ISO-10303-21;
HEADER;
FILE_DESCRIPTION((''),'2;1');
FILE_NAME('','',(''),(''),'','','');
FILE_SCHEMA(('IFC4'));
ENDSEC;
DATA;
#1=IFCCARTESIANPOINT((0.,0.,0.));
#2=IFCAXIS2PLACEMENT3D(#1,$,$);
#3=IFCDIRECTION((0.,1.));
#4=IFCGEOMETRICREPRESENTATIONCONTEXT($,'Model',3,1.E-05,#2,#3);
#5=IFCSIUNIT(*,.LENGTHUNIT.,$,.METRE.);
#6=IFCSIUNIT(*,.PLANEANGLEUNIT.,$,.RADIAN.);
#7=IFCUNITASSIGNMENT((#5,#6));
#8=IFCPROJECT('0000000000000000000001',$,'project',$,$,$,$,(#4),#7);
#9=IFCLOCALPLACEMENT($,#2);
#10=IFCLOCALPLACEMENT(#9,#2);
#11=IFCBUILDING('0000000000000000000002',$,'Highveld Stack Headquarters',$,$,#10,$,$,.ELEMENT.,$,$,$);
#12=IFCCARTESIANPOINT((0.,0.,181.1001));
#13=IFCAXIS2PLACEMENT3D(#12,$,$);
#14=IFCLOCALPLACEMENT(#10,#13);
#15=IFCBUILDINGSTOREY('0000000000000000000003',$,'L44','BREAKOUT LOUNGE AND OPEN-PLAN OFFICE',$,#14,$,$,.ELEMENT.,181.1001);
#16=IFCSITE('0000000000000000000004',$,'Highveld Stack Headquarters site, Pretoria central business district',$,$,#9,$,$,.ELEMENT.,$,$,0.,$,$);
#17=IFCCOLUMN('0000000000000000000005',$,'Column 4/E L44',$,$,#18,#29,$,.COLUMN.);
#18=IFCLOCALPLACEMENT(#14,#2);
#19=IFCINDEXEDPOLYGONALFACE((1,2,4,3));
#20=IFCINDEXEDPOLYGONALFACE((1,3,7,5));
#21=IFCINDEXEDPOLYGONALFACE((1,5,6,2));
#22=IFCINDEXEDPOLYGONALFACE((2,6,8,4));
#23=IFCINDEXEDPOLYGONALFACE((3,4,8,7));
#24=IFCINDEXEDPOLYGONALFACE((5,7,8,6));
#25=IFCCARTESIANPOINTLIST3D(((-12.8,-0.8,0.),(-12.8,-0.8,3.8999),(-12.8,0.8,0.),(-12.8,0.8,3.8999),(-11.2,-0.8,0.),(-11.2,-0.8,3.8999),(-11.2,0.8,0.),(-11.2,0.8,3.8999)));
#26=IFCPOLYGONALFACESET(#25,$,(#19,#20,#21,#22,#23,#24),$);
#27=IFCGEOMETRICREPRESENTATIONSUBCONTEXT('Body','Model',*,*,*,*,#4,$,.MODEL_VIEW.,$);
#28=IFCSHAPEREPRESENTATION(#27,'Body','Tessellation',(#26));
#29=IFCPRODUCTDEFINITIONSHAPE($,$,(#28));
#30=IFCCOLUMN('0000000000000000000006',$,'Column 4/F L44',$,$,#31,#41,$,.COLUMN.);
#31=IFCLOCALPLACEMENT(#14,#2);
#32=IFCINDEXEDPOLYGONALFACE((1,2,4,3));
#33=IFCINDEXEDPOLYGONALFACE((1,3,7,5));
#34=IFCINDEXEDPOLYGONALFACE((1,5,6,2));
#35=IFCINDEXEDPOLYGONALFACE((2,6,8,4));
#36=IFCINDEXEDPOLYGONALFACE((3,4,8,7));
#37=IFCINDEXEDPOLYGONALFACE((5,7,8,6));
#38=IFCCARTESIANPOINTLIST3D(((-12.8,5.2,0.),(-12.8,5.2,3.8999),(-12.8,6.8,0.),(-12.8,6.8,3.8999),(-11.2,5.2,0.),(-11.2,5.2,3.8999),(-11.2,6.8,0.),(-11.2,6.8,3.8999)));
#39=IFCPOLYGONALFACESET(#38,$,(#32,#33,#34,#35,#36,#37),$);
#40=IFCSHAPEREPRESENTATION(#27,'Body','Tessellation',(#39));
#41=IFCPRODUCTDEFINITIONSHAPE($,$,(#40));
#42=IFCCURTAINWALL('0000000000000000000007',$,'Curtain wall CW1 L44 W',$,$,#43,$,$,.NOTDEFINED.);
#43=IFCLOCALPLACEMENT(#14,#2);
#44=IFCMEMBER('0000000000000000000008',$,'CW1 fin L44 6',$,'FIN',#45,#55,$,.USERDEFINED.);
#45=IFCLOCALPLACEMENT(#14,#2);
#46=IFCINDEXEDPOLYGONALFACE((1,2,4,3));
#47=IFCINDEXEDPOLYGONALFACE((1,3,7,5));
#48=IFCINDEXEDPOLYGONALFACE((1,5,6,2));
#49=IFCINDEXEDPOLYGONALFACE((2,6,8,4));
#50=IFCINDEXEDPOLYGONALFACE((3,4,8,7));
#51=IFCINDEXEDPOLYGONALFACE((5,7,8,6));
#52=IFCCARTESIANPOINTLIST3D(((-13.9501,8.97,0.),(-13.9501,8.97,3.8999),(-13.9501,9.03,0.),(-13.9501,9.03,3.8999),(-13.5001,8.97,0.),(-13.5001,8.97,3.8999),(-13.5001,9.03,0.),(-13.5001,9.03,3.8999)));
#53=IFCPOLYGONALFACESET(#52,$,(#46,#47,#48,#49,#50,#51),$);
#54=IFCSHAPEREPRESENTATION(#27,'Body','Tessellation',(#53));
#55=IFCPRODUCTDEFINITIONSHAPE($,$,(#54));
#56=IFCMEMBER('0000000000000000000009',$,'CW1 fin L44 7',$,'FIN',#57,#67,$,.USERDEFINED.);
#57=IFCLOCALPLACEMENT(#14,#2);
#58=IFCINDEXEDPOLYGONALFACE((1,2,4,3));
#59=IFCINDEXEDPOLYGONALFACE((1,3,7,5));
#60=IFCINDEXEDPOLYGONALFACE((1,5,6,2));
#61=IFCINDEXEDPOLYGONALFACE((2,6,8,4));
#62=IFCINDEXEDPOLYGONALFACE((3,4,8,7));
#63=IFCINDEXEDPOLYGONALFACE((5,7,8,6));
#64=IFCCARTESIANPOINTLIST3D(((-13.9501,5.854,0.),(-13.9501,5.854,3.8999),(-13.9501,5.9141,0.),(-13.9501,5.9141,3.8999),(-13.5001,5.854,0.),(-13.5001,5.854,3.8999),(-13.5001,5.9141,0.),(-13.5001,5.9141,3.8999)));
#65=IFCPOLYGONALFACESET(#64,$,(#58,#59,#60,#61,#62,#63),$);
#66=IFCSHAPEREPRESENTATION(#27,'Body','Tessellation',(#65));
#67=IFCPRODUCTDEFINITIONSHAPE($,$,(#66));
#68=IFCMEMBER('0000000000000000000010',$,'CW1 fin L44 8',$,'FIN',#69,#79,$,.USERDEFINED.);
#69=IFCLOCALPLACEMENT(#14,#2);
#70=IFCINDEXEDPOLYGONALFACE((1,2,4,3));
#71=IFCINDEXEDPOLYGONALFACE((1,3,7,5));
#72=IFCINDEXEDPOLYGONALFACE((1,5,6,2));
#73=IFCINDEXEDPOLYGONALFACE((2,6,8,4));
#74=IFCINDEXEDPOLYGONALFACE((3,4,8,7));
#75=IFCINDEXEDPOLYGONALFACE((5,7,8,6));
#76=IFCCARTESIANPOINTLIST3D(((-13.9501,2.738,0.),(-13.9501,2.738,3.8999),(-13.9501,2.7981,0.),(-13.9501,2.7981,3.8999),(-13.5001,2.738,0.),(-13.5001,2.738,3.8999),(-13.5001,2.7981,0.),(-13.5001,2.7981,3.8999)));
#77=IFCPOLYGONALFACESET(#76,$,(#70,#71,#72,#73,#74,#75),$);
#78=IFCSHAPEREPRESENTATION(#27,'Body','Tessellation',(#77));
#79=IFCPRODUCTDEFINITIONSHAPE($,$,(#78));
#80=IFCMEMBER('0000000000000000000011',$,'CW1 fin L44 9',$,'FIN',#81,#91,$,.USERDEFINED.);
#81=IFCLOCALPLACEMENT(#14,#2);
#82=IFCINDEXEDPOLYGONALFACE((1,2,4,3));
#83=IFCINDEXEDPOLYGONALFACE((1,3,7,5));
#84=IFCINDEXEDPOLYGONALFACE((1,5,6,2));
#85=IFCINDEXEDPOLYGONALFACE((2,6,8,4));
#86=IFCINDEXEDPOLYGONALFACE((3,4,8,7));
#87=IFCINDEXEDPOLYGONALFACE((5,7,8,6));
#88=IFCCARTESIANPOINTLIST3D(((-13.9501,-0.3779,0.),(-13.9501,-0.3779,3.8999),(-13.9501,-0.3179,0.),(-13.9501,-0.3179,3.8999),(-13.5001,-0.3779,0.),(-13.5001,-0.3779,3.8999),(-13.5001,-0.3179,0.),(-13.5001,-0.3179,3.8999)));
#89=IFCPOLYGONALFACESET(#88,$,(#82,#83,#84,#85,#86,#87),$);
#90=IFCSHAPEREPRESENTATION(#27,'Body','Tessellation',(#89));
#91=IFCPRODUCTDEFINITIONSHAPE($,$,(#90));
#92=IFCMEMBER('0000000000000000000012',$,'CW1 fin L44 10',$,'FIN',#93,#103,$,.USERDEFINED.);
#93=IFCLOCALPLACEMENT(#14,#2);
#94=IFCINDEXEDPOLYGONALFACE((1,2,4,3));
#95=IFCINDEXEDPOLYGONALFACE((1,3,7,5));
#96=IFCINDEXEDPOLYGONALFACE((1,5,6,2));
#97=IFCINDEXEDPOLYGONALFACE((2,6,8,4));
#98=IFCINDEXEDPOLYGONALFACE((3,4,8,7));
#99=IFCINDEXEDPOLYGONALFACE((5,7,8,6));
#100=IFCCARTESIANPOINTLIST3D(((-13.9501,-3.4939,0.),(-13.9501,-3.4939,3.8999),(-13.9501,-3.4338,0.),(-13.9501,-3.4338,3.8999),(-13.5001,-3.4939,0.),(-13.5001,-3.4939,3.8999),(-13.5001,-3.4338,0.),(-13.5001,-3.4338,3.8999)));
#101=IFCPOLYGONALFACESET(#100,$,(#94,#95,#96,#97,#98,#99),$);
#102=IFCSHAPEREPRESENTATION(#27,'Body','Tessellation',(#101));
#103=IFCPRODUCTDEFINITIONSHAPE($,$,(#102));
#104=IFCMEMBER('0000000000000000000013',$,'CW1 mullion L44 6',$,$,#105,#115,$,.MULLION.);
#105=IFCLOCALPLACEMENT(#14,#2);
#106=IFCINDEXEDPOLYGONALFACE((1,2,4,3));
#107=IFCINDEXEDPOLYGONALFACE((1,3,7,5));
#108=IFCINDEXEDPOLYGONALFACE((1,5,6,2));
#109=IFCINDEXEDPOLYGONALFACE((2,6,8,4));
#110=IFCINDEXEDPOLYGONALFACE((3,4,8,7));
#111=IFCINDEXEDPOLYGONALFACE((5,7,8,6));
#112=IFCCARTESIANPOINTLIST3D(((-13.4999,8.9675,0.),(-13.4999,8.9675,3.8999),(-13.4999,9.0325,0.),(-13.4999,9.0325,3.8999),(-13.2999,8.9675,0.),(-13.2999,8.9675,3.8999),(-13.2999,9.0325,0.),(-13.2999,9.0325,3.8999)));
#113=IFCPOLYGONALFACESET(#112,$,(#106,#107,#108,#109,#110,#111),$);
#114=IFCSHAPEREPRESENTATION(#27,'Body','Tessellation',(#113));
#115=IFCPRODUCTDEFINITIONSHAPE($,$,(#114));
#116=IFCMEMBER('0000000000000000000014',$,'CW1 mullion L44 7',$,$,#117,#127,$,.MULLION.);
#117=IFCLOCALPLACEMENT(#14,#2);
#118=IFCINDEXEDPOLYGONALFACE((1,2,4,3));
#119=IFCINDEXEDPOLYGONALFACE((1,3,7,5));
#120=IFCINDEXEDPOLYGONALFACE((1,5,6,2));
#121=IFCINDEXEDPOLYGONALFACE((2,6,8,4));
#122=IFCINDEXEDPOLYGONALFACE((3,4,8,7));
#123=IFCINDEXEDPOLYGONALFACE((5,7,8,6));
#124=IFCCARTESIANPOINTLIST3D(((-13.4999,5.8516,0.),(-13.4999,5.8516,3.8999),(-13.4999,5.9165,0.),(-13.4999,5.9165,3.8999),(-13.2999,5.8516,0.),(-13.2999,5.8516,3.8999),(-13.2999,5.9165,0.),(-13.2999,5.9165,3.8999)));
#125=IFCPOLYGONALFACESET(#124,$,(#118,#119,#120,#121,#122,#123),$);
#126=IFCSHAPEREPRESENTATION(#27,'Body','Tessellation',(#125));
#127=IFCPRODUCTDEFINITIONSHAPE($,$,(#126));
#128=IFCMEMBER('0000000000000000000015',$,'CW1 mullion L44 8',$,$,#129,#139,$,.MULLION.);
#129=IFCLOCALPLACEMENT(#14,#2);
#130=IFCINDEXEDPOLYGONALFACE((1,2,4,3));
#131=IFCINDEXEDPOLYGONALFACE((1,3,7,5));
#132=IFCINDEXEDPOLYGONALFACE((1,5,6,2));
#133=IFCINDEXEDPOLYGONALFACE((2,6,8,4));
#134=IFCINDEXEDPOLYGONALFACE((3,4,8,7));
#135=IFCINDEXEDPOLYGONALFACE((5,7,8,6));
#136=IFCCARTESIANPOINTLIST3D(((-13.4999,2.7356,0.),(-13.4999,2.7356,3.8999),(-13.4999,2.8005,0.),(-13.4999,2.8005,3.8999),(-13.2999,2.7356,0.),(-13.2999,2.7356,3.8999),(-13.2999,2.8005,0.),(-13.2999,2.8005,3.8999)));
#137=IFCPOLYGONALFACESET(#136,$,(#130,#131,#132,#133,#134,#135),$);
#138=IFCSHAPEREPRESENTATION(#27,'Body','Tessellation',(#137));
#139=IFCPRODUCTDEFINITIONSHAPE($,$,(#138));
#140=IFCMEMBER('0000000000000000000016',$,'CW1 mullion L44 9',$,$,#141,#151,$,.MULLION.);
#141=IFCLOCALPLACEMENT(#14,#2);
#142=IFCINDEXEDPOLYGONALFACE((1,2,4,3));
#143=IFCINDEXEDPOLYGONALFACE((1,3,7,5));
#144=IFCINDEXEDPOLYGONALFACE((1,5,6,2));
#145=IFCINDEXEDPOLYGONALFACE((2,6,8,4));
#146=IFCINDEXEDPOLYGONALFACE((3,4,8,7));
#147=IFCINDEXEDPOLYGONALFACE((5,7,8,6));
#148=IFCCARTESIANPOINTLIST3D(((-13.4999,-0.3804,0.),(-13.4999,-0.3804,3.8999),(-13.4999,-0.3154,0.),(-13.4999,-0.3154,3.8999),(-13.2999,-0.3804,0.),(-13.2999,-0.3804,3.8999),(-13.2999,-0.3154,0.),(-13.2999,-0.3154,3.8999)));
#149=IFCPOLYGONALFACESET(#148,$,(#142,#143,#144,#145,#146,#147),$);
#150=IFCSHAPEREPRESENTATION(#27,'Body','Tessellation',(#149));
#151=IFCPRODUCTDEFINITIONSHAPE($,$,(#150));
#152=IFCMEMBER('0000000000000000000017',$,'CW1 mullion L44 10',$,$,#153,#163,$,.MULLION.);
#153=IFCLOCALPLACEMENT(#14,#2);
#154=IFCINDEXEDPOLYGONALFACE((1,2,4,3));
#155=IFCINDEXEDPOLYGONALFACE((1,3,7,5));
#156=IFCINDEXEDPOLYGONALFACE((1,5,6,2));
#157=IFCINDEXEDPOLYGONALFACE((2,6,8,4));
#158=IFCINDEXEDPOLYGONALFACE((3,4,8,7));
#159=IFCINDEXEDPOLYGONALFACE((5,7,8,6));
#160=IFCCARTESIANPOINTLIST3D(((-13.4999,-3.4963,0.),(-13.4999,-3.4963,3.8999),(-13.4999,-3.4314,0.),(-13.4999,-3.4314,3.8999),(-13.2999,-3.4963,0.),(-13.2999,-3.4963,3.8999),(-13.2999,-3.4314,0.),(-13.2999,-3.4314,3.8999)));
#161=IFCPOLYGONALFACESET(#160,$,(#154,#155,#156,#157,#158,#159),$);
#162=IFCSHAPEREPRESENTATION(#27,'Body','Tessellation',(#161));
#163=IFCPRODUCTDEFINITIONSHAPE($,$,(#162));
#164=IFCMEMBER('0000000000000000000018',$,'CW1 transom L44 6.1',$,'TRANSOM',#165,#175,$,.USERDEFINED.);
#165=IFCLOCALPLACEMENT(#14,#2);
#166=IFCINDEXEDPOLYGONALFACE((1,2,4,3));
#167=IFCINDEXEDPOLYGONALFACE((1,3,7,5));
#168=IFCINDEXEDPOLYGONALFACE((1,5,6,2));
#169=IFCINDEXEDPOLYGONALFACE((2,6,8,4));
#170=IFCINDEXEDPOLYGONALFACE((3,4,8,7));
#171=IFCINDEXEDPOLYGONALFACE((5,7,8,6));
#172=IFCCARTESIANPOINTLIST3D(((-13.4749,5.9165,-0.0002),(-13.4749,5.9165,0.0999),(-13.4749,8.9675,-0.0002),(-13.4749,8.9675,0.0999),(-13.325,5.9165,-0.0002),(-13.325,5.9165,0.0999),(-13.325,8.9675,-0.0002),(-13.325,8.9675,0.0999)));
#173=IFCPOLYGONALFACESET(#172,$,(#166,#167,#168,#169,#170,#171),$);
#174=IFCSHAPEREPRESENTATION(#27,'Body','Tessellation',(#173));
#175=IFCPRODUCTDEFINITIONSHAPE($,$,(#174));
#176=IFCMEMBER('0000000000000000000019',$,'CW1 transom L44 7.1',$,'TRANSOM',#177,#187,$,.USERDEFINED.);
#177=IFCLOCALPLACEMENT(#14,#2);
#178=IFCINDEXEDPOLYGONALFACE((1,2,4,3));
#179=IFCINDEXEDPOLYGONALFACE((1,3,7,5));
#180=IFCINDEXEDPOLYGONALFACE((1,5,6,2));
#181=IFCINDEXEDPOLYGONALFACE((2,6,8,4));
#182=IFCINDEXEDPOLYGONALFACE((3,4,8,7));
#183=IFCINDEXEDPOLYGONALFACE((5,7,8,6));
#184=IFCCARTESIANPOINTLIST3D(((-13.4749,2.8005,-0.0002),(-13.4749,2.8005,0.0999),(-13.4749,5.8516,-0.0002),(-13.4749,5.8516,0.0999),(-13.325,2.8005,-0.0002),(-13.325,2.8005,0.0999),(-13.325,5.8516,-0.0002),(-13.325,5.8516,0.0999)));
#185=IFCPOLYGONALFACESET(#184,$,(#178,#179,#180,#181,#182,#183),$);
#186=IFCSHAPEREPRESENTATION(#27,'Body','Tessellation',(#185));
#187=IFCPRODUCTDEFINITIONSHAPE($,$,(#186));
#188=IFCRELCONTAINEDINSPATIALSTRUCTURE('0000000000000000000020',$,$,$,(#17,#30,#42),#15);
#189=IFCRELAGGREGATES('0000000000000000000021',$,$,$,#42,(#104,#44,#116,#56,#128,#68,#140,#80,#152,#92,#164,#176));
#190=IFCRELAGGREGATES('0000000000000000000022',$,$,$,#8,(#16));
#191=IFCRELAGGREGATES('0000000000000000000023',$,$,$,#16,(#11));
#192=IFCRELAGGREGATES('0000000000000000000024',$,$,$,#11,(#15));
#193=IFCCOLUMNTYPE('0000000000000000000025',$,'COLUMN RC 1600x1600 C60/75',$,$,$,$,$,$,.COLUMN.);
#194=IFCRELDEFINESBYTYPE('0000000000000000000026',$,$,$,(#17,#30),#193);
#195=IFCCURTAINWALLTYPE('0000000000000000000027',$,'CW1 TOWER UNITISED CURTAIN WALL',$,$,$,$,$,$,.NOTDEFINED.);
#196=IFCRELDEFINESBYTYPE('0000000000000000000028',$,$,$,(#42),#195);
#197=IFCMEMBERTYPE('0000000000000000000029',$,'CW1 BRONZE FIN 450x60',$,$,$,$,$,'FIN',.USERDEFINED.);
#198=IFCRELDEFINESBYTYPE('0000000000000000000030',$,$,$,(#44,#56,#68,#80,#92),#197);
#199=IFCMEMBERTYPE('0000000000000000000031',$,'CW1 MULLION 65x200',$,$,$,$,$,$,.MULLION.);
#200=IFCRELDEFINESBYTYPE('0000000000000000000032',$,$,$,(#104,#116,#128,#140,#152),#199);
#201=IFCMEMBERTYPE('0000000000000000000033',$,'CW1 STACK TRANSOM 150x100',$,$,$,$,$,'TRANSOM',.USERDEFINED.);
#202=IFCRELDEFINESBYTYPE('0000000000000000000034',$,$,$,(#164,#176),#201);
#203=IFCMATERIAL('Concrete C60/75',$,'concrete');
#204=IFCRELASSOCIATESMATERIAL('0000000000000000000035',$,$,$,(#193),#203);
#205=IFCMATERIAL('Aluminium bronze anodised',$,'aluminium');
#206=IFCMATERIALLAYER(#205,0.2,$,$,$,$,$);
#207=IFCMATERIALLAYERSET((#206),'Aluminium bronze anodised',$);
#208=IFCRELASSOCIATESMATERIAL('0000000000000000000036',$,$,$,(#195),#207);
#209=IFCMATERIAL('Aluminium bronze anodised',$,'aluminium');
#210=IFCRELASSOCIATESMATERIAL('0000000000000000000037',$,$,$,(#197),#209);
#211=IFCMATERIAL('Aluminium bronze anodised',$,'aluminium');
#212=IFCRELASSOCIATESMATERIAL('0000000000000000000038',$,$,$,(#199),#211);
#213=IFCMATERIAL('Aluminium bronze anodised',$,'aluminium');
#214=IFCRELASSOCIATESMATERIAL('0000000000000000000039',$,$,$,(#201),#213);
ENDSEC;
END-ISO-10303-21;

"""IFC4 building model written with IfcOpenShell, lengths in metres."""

from ifc_helpers import new_model, si_unit, direction, frame, origin, origin_2d, place, context, subcontext, project, spatial, rectangle, extrude, material, layer, layer_set, material_profile, profile_set, type_object, element, aggregate, save


model = new_model("IFC4")

# Units and contexts
model_context = context("Model", 3, precision=1e-05, world=origin(), true_north=direction((0.0, 1.0)))
body_context = subcontext(model_context, "Body", "Model", "MODEL_VIEW")
ifc_project = project(units=[si_unit("LENGTHUNIT", "METRE"), si_unit("PLANEANGLEUNIT", "RADIAN")], contexts=[model_context])

# Site, building, storey
site_placement = place(None, origin())
site = spatial("IfcSite", under=ifc_project, at=site_placement, Name="Highveld Stack Headquarters site, Pretoria central business district", CompositionType="ELEMENT", RefElevation=0.0)
building_placement = place(site_placement, origin())
building = spatial("IfcBuilding", under=site, at=building_placement, Name="Highveld Stack Headquarters", CompositionType="ELEMENT")
storey_placement = place(building_placement, frame((0.0, 0.0, 181.1001)))
storey = spatial("IfcBuildingStorey", under=building, at=storey_placement, Name="L44", Description="BREAKOUT LOUNGE AND OPEN-PLAN OFFICE", CompositionType="ELEMENT", Elevation=181.1001)

# Columns
ifc_material_1 = material(Name="Concrete C60/75", Category="concrete")
ifc_material_profile_1 = material_profile(ifc_material_1, rectangle(XDim=1.6001, YDim=1.6001, at=origin_2d()), Name="RC 1600x1600")
ifc_profile_set_1 = profile_set([ifc_material_profile_1], Name="Concrete C60/75")
column_type = type_object("IfcColumnType", Name="COLUMN RC 1600x1600 C60/75", PredefinedType="COLUMN", material=ifc_profile_set_1)
for number, where, z_axis, x_axis, name in (
    (1, (-12.0, 0.0, 0.0), (0.0, 0.0, 1.0), (1.0, 0.0, 0.0), "Column 4/E L44"),
    (2, (-12.0, 6.0, 0.0), (0.0, 0.0, 1.0), (1.0, 0.0, 0.0), "Column 4/F L44"),
):
    element("IfcColumn", number, at=place(storey_placement, frame(where, z_axis=z_axis, x_axis=x_axis)), inside=storey, type_object=column_type, Name=name, PredefinedType="COLUMN", context=body_context, shape_type="SweptSolid", body=[
        extrude(rectangle(XDim=1.6001, YDim=1.6001, at=origin_2d()), origin(), (0.0, 0.0, 1.0), 3.8999),
    ])

# Curtain wall, members
ifc_material_2 = material(Name="Aluminium bronze anodised", Category="aluminium")
ifc_layer_1 = layer(ifc_material_2, 0.2)
ifc_layer_set_1 = layer_set([ifc_layer_1], Name="Aluminium bronze anodised")
curtain_wall_type = type_object("IfcCurtainWallType", Name="CW1 TOWER UNITISED CURTAIN WALL", PredefinedType="NOTDEFINED", material=ifc_layer_set_1)
curtain_wall_placement = place(storey_placement, origin())
curtain_wall = element("IfcCurtainWall", 3, at=curtain_wall_placement, inside=storey, type_object=curtain_wall_type, Name="Curtain wall CW1 L44 W", PredefinedType="NOTDEFINED")
ifc_material_3 = material(Name="Aluminium bronze anodised", Category="aluminium")
ifc_material_profile_2 = material_profile(ifc_material_3, rectangle(XDim=0.45, YDim=0.0601, at=origin_2d()), Name="FIN 450x60")
ifc_profile_set_2 = profile_set([ifc_material_profile_2], Name="Aluminium bronze anodised")
member_type_1 = type_object("IfcMemberType", Name="CW1 BRONZE FIN 450x60", ElementType="FIN", PredefinedType="USERDEFINED", material=ifc_profile_set_2)
member_1_placement = place(storey_placement, frame((-13.7251, 9.0, 0.0), z_axis=(0.0, 0.0, 1.0), x_axis=(1.0, 0.0, 0.0)))
member_1 = element("IfcMember", 4, at=member_1_placement, type_object=member_type_1, Name="CW1 fin L44 6", ObjectType="FIN", PredefinedType="USERDEFINED", context=body_context, shape_type="SweptSolid", body=[
    extrude(rectangle(XDim=0.45, YDim=0.0601, at=origin_2d()), origin(), (0.0, 0.0, 1.0), 3.8999),
])
member_2_placement = place(storey_placement, frame((-13.7251, 5.884, 0.0), z_axis=(0.0, 0.0, 1.0), x_axis=(1.0, 0.0, 0.0)))
member_2 = element("IfcMember", 5, at=member_2_placement, type_object=member_type_1, Name="CW1 fin L44 7", ObjectType="FIN", PredefinedType="USERDEFINED", context=body_context, shape_type="SweptSolid", body=[
    extrude(rectangle(XDim=0.45, YDim=0.0601, at=origin_2d()), origin(), (0.0, 0.0, 1.0), 3.8999),
])
member_3_placement = place(storey_placement, frame((-13.7251, 2.7681, 0.0), z_axis=(0.0, 0.0, 1.0), x_axis=(1.0, 0.0, 0.0)))
member_3 = element("IfcMember", 6, at=member_3_placement, type_object=member_type_1, Name="CW1 fin L44 8", ObjectType="FIN", PredefinedType="USERDEFINED", context=body_context, shape_type="SweptSolid", body=[
    extrude(rectangle(XDim=0.45, YDim=0.0601, at=origin_2d()), origin(), (0.0, 0.0, 1.0), 3.8999),
])
member_4_placement = place(storey_placement, frame((-13.7251, -0.3479, 0.0), z_axis=(0.0, 0.0, 1.0), x_axis=(1.0, 0.0, 0.0)))
member_4 = element("IfcMember", 7, at=member_4_placement, type_object=member_type_1, Name="CW1 fin L44 9", ObjectType="FIN", PredefinedType="USERDEFINED", context=body_context, shape_type="SweptSolid", body=[
    extrude(rectangle(XDim=0.45, YDim=0.0601, at=origin_2d()), origin(), (0.0, 0.0, 1.0), 3.8999),
])
member_5_placement = place(storey_placement, frame((-13.7251, -3.4639, 0.0), z_axis=(0.0, 0.0, 1.0), x_axis=(1.0, 0.0, 0.0)))
member_5 = element("IfcMember", 8, at=member_5_placement, type_object=member_type_1, Name="CW1 fin L44 10", ObjectType="FIN", PredefinedType="USERDEFINED", context=body_context, shape_type="SweptSolid", body=[
    extrude(rectangle(XDim=0.45, YDim=0.0601, at=origin_2d()), origin(), (0.0, 0.0, 1.0), 3.8999),
])
ifc_material_4 = material(Name="Aluminium bronze anodised", Category="aluminium")
ifc_material_profile_3 = material_profile(ifc_material_4, rectangle(XDim=0.2, YDim=0.0649, at=origin_2d()), Name="CW1 MULLION 65x200")
ifc_profile_set_3 = profile_set([ifc_material_profile_3], Name="Aluminium bronze anodised")
member_type_2 = type_object("IfcMemberType", Name="CW1 MULLION 65x200", PredefinedType="MULLION", material=ifc_profile_set_3)
member_6_placement = place(storey_placement, frame((-13.3999, 9.0, 0.0), z_axis=(0.0, 0.0, 1.0), x_axis=(1.0, 0.0, 0.0)))
member_6 = element("IfcMember", 9, at=member_6_placement, type_object=member_type_2, Name="CW1 mullion L44 6", PredefinedType="MULLION", context=body_context, shape_type="SweptSolid", body=[
    extrude(rectangle(XDim=0.2, YDim=0.0649, at=origin_2d()), origin(), (0.0, 0.0, 1.0), 3.8999),
])
member_7_placement = place(storey_placement, frame((-13.3999, 5.884, 0.0), z_axis=(0.0, 0.0, 1.0), x_axis=(1.0, 0.0, 0.0)))
member_7 = element("IfcMember", 10, at=member_7_placement, type_object=member_type_2, Name="CW1 mullion L44 7", PredefinedType="MULLION", context=body_context, shape_type="SweptSolid", body=[
    extrude(rectangle(XDim=0.2, YDim=0.0649, at=origin_2d()), origin(), (0.0, 0.0, 1.0), 3.8999),
])
member_8_placement = place(storey_placement, frame((-13.3999, 2.7681, 0.0), z_axis=(0.0, 0.0, 1.0), x_axis=(1.0, 0.0, 0.0)))
member_8 = element("IfcMember", 11, at=member_8_placement, type_object=member_type_2, Name="CW1 mullion L44 8", PredefinedType="MULLION", context=body_context, shape_type="SweptSolid", body=[
    extrude(rectangle(XDim=0.2, YDim=0.0649, at=origin_2d()), origin(), (0.0, 0.0, 1.0), 3.8999),
])
member_9_placement = place(storey_placement, frame((-13.3999, -0.3479, 0.0), z_axis=(0.0, 0.0, 1.0), x_axis=(1.0, 0.0, 0.0)))
member_9 = element("IfcMember", 12, at=member_9_placement, type_object=member_type_2, Name="CW1 mullion L44 9", PredefinedType="MULLION", context=body_context, shape_type="SweptSolid", body=[
    extrude(rectangle(XDim=0.2, YDim=0.0649, at=origin_2d()), origin(), (0.0, 0.0, 1.0), 3.8999),
])
member_10_placement = place(storey_placement, frame((-13.3999, -3.4639, 0.0), z_axis=(0.0, 0.0, 1.0), x_axis=(1.0, 0.0, 0.0)))
member_10 = element("IfcMember", 13, at=member_10_placement, type_object=member_type_2, Name="CW1 mullion L44 10", PredefinedType="MULLION", context=body_context, shape_type="SweptSolid", body=[
    extrude(rectangle(XDim=0.2, YDim=0.0649, at=origin_2d()), origin(), (0.0, 0.0, 1.0), 3.8999),
])
ifc_material_5 = material(Name="Aluminium bronze anodised", Category="aluminium")
ifc_material_profile_4 = material_profile(ifc_material_5, rectangle(XDim=0.1499, YDim=0.1001, at=origin_2d()), Name="CW1 TRANSOM 150x100")
ifc_profile_set_4 = profile_set([ifc_material_profile_4], Name="Aluminium bronze anodised")
member_type_3 = type_object("IfcMemberType", Name="CW1 STACK TRANSOM 150x100", ElementType="TRANSOM", PredefinedType="USERDEFINED", material=ifc_profile_set_4)
member_11_placement = place(storey_placement, frame((-13.3999, 8.9675, 0.0498), z_axis=(0.0, -1.0, 0.0), x_axis=(1.0, 0.0, 0.0)))
member_11 = element("IfcMember", 14, at=member_11_placement, type_object=member_type_3, Name="CW1 transom L44 6.1", ObjectType="TRANSOM", PredefinedType="USERDEFINED", context=body_context, shape_type="SweptSolid", body=[
    extrude(rectangle(XDim=0.1499, YDim=0.1001, at=origin_2d()), origin(), (0.0, 0.0, 1.0), 3.051),
])
member_12_placement = place(storey_placement, frame((-13.3999, 5.8516, 0.0498), z_axis=(0.0, -1.0, 0.0), x_axis=(1.0, 0.0, 0.0)))
member_12 = element("IfcMember", 15, at=member_12_placement, type_object=member_type_3, Name="CW1 transom L44 7.1", ObjectType="TRANSOM", PredefinedType="USERDEFINED", context=body_context, shape_type="SweptSolid", body=[
    extrude(rectangle(XDim=0.1499, YDim=0.1001, at=origin_2d()), origin(), (0.0, 0.0, 1.0), 3.051),
])
aggregate(curtain_wall, [member_6, member_1, member_7, member_2, member_8, member_3, member_9, member_4, member_10, member_5, member_11, member_12])

save(model, "model.ifc")
